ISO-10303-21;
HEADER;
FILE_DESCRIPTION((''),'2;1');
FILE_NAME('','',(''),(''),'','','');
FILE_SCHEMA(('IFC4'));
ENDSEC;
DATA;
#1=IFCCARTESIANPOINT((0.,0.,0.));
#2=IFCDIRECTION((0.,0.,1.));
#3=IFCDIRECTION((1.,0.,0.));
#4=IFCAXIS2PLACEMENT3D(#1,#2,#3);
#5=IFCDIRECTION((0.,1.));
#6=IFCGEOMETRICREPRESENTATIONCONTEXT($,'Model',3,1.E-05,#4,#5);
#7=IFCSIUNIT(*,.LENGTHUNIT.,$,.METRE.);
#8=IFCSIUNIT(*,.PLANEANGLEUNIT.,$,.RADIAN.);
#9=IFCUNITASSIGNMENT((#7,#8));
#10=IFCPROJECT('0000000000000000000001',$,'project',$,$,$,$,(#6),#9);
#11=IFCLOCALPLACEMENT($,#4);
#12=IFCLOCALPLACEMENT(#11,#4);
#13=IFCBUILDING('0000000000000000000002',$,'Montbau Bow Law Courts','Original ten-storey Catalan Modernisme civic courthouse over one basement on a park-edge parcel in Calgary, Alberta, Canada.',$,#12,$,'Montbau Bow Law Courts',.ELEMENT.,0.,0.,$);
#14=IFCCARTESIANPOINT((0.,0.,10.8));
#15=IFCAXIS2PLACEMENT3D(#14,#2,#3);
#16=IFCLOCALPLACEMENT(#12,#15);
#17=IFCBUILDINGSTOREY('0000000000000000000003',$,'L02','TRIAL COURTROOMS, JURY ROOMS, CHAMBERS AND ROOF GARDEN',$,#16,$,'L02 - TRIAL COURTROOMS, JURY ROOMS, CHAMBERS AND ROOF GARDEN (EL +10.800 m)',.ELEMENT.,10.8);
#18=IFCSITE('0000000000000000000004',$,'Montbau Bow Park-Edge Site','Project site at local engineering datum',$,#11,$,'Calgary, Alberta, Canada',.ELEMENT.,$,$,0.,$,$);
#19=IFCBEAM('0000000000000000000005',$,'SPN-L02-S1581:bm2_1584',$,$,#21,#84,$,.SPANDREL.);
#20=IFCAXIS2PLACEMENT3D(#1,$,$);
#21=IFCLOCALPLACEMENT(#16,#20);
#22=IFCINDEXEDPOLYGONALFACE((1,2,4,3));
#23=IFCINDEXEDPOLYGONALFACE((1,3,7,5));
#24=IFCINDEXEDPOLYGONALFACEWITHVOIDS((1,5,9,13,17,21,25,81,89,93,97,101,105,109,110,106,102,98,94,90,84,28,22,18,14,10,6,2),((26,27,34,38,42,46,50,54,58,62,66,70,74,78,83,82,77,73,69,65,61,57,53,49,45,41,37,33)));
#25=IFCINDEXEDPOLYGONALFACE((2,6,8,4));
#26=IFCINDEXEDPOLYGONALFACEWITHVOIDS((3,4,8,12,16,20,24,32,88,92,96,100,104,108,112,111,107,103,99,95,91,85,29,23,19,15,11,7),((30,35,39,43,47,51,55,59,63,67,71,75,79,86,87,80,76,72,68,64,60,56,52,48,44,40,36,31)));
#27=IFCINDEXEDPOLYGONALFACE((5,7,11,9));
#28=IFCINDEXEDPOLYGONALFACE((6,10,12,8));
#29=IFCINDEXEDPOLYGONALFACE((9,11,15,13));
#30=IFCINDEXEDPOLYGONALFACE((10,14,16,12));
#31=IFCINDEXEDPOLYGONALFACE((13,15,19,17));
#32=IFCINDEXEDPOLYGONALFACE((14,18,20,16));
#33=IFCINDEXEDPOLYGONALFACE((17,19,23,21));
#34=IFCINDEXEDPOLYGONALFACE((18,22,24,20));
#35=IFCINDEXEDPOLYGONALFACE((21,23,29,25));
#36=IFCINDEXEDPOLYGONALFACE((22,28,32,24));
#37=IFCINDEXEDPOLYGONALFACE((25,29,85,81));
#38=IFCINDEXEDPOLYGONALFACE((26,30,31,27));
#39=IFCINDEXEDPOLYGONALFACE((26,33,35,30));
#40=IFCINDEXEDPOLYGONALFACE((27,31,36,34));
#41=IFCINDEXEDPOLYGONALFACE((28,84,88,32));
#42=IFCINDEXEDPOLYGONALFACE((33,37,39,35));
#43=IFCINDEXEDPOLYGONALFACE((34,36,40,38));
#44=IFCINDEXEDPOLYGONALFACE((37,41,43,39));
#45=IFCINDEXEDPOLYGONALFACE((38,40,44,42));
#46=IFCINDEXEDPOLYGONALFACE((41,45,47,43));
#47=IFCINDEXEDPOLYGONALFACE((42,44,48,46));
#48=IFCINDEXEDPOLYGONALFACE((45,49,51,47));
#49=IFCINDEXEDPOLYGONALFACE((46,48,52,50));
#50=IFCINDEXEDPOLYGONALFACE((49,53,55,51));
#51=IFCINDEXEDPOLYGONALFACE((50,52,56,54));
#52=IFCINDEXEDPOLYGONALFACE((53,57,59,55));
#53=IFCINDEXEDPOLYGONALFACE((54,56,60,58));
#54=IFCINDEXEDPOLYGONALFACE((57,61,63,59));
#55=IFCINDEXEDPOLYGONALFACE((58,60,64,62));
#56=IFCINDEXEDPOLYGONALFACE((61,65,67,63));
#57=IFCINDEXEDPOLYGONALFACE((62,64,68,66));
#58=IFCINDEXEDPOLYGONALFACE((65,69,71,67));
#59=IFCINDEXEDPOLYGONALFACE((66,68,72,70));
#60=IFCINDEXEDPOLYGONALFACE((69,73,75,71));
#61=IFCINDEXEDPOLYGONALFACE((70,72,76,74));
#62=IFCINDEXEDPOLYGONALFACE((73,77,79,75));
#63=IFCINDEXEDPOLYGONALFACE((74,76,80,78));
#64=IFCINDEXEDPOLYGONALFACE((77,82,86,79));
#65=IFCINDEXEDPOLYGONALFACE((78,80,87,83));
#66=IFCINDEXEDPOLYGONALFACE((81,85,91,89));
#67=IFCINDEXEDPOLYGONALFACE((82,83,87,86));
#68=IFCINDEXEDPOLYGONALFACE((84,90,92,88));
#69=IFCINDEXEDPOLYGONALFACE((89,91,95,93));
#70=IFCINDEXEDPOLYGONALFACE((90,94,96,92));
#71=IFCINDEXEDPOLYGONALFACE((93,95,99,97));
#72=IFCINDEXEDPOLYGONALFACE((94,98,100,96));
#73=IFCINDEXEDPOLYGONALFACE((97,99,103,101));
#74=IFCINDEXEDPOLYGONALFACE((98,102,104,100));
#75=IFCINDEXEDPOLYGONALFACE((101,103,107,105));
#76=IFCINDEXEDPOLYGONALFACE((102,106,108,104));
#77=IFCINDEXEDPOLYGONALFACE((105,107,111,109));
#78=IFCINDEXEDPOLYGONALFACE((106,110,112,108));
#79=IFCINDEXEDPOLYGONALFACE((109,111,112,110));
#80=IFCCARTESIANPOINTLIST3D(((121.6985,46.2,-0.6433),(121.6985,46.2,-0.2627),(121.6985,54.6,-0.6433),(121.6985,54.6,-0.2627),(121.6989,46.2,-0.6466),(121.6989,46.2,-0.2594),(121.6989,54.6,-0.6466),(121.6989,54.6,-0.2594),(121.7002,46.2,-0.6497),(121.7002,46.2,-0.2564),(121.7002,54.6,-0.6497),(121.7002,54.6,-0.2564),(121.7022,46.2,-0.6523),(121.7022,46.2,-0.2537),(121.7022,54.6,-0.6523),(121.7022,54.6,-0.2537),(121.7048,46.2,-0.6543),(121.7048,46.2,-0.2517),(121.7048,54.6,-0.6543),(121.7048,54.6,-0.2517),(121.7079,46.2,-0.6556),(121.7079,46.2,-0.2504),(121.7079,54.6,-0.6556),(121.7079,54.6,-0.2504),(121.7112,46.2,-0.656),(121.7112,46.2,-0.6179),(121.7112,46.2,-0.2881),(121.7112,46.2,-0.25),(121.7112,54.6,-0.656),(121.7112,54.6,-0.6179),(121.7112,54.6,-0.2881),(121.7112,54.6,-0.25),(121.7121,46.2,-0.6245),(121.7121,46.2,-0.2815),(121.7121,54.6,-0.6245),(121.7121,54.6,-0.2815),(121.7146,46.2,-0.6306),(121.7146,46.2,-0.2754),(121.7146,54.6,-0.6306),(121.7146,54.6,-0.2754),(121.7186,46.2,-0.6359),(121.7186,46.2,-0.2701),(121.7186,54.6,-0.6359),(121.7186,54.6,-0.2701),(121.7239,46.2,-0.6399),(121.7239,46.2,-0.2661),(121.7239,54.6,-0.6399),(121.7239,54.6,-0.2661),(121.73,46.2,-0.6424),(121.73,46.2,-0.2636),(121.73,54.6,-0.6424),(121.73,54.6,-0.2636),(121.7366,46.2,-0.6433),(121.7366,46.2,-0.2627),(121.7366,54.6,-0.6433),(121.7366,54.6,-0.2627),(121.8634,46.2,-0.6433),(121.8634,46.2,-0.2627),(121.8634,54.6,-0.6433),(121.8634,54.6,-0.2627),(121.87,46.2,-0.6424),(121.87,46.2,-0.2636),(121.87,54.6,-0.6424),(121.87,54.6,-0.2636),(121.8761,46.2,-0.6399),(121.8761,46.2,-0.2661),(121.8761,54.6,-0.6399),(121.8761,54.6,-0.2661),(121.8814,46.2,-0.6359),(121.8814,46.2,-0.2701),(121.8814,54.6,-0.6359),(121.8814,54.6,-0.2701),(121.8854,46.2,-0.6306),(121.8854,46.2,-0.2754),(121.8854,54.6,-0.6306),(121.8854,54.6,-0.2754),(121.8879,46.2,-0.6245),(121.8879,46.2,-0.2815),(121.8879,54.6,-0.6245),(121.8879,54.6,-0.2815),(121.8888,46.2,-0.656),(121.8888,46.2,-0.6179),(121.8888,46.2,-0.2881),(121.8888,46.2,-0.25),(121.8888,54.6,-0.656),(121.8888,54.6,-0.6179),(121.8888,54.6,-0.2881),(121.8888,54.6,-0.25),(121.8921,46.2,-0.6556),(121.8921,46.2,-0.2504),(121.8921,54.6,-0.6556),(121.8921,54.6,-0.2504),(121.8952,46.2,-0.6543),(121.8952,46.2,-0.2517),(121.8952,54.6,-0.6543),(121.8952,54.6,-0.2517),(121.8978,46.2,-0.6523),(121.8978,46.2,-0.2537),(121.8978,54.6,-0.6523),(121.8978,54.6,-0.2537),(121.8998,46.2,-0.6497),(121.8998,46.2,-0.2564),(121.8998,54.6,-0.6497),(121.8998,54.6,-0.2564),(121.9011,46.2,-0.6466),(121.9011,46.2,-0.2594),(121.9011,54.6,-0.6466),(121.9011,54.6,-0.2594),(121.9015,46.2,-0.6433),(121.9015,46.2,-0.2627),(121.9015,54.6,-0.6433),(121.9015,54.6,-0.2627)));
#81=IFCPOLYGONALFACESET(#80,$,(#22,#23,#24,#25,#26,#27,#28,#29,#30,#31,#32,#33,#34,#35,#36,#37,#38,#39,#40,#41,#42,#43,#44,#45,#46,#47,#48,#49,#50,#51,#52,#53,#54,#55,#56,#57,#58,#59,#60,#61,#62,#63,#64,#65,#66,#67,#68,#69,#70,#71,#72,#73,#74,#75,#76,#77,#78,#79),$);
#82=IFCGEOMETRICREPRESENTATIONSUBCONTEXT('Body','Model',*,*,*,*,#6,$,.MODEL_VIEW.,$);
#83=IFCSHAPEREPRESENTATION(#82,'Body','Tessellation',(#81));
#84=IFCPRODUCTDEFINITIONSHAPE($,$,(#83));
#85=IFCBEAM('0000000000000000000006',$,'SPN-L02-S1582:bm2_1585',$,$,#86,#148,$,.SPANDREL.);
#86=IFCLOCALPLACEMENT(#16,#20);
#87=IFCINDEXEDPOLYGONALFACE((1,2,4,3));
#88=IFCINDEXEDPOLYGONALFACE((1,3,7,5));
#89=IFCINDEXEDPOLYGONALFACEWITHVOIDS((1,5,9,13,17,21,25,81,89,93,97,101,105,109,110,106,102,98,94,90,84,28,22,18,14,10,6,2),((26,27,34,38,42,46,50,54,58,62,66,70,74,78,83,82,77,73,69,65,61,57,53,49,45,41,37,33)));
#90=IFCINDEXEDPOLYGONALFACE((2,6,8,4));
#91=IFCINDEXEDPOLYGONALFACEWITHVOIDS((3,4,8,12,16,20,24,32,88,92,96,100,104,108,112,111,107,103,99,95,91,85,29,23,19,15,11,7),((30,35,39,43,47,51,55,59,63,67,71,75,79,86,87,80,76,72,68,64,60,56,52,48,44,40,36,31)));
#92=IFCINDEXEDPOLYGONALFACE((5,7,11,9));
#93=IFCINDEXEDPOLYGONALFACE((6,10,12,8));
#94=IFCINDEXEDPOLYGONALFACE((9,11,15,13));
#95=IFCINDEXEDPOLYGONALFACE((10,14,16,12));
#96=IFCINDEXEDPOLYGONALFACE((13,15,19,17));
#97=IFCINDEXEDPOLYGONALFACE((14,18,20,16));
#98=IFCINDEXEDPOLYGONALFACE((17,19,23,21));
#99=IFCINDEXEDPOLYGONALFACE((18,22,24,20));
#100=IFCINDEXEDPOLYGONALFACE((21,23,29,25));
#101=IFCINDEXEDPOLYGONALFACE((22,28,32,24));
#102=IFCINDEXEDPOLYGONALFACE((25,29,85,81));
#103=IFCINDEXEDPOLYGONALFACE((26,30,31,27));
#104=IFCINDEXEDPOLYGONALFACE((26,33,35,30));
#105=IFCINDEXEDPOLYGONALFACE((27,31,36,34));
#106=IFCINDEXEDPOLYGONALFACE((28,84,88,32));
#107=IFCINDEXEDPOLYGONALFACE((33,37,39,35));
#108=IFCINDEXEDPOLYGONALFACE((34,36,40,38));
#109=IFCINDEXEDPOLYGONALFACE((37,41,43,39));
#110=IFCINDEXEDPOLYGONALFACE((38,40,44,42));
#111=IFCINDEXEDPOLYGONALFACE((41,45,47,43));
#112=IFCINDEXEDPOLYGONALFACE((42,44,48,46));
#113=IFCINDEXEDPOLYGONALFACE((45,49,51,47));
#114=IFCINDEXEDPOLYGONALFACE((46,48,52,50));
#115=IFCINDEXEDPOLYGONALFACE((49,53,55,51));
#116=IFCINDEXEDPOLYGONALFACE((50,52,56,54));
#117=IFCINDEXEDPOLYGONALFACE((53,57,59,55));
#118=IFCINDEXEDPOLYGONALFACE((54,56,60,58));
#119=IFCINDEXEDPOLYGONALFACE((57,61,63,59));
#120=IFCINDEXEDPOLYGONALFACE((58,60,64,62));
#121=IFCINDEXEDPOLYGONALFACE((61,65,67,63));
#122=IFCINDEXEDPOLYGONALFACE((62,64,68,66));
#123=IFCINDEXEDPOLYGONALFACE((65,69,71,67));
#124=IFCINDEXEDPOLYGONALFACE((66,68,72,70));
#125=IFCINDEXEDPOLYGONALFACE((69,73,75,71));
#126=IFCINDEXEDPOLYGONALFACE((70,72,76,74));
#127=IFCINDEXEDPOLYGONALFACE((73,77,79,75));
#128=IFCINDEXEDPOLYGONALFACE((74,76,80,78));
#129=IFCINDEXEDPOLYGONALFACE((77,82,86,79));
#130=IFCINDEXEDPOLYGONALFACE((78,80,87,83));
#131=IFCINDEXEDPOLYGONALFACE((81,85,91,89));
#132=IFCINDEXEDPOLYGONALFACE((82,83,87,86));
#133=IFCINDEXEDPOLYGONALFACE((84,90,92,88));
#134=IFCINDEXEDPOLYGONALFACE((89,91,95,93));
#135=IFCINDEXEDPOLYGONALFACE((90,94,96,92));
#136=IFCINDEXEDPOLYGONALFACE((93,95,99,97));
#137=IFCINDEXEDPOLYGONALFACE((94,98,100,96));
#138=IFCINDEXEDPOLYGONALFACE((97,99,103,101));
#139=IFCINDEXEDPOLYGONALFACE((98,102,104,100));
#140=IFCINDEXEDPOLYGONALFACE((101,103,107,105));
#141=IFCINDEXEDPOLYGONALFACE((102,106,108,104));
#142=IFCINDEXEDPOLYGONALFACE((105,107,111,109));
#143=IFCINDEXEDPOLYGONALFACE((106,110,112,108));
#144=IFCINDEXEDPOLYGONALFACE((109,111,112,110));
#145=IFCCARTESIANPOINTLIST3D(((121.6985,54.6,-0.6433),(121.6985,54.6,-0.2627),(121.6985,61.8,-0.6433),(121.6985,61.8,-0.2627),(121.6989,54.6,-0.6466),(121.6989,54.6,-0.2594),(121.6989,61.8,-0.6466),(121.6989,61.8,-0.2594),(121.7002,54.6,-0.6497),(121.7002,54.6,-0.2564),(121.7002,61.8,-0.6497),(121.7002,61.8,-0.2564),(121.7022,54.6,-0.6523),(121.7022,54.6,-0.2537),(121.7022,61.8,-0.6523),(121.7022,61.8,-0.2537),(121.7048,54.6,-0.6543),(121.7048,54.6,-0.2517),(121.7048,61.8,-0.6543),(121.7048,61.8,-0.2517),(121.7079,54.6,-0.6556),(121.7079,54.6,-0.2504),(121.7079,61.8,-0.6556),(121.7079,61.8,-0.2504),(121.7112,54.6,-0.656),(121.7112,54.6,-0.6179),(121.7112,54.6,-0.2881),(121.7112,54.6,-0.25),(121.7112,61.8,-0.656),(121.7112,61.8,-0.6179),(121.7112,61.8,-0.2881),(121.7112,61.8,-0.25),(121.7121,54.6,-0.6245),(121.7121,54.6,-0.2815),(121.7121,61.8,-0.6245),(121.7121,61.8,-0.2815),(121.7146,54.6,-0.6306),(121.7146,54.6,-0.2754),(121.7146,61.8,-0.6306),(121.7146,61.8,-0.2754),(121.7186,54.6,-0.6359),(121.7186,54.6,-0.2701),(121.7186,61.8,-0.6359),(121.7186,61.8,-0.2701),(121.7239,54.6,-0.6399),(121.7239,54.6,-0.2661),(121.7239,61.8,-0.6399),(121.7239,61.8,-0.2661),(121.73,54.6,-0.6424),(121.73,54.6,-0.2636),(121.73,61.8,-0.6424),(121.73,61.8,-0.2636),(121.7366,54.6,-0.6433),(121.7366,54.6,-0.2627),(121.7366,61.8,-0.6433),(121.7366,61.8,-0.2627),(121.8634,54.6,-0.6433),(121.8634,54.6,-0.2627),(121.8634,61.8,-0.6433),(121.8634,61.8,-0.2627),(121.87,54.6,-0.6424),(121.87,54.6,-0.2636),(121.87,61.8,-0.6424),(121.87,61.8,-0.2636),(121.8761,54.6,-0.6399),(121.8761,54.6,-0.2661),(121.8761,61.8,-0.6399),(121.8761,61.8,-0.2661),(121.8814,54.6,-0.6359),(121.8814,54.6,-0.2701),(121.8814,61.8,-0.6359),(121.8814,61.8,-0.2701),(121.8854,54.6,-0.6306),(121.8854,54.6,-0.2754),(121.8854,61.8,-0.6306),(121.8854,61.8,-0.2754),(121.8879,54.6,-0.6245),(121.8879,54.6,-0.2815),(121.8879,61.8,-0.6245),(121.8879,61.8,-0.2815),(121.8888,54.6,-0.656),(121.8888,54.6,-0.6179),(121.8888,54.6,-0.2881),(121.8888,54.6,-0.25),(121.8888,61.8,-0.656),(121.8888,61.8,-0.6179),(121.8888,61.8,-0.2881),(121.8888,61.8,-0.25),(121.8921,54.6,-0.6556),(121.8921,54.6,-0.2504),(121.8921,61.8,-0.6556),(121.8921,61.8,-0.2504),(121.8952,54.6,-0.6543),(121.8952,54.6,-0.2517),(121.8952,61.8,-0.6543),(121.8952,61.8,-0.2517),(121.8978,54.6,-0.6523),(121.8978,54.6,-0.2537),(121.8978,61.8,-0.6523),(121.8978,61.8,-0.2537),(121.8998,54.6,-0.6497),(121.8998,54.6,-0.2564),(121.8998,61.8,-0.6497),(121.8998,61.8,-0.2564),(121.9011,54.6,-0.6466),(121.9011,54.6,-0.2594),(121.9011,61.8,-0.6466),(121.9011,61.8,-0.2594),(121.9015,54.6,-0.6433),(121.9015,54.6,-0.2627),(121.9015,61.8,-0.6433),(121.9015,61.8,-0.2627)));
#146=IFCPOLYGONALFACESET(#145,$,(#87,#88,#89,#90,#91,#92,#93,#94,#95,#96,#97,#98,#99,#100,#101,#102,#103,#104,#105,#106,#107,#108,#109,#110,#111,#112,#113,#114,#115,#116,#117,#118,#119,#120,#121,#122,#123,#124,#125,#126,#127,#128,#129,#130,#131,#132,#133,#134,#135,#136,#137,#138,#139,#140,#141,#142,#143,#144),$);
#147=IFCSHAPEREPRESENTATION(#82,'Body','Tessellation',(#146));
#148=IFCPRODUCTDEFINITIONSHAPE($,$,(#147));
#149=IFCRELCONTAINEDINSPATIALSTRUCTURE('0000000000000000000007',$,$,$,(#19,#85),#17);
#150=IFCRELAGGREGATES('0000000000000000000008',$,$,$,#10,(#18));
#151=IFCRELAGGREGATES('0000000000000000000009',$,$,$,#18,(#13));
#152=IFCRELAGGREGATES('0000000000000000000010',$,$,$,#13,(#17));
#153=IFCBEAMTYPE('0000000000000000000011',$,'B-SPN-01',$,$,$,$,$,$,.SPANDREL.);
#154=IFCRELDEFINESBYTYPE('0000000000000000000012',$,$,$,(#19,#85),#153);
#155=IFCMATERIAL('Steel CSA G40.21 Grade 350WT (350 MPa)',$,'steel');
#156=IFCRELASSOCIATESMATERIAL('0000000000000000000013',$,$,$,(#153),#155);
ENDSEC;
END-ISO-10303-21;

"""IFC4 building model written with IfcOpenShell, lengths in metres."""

from ifc_helpers import new_model, si_unit, direction, frame, origin_with_axes, origin_2d_with_axis, place, context, subcontext, project, spatial, hollow_rectangle, extrude, material, material_profile, profile_set, type_object, element, save


model = new_model("IFC4")

# Units and contexts
model_context = context("Model", 3, precision=1e-05, world=origin_with_axes(), true_north=direction((0.0, 1.0)))
body_context = subcontext(model_context, "Body", "Model", "MODEL_VIEW")
ifc_project = project(units=[si_unit("LENGTHUNIT", "METRE"), si_unit("PLANEANGLEUNIT", "RADIAN")], contexts=[model_context])

# Site, building, storey
site_placement = place(None, origin_with_axes())
site = spatial("IfcSite", under=ifc_project, at=site_placement, Name="Montbau Bow Park-Edge Site", Description="Project site at local engineering datum", LongName="Calgary, Alberta, Canada", CompositionType="ELEMENT", RefElevation=0.0)
building_placement = place(site_placement, origin_with_axes())
building = spatial("IfcBuilding", under=site, at=building_placement, Name="Montbau Bow Law Courts", Description="Original ten-storey Catalan Modernisme civic courthouse over one basement on a park-edge parcel in Calgary, Alberta, Canada.", LongName="Montbau Bow Law Courts", CompositionType="ELEMENT", ElevationOfRefHeight=0.0, ElevationOfTerrain=0.0)
storey_placement = place(building_placement, frame((0.0, 0.0, 10.8), z_axis=(0.0, 0.0, 1.0), x_axis=(1.0, 0.0, 0.0)))
storey = spatial("IfcBuildingStorey", under=building, at=storey_placement, Name="L02", Description="TRIAL COURTROOMS, JURY ROOMS, CHAMBERS AND ROOF GARDEN", LongName="L02 - TRIAL COURTROOMS, JURY ROOMS, CHAMBERS AND ROOF GARDEN (EL +10.800 m)", CompositionType="ELEMENT", Elevation=10.8)

# Beams
ifc_material_1 = material(Name="Steel CSA G40.21 Grade 350WT (350 MPa)", Category="steel")
ifc_material_profile_1 = material_profile(ifc_material_1, hollow_rectangle(XDim=0.203, YDim=0.406, WallThickness=0.0127, InnerFilletRadius=0.0254, OuterFilletRadius=0.0127, at=origin_2d_with_axis()), Name="HSS406X203X13", Category="Main", Priority=0)
ifc_profile_set_1 = profile_set([ifc_material_profile_1], Name="Steel CSA G40.21 Grade 350WT (350 MPa)")
beam_type_1 = type_object("IfcBeamType", Name="B-SPN-01", PredefinedType="SPANDREL", material=ifc_profile_set_1)
beam_1_placement = place(None, frame((121.8, 46.2, 10.347), z_axis=(0.0, 1.0, 0.0), x_axis=(-1.0, 0.0, 0.0)))
element("IfcBeam", 1, at=beam_1_placement, inside=storey, type_object=beam_type_1, Name="SPN-L02-S1581:bm2_1584", PredefinedType="SPANDREL", context=body_context, shape_type="SweptSolid", body=[
    extrude(hollow_rectangle(XDim=0.203, YDim=0.406, WallThickness=0.0127, InnerFilletRadius=0.0254, OuterFilletRadius=0.0127, at=origin_2d_with_axis()), origin_with_axes(), (0.0, 0.0, 1.0), 8.4),
])
beam_2_placement = place(None, frame((121.8, 54.6, 10.347), z_axis=(0.0, 1.0, 0.0), x_axis=(-1.0, 0.0, 0.0)))
element("IfcBeam", 2, at=beam_2_placement, inside=storey, type_object=beam_type_1, Name="SPN-L02-S1582:bm2_1585", PredefinedType="SPANDREL", context=body_context, shape_type="SweptSolid", body=[
    extrude(hollow_rectangle(XDim=0.203, YDim=0.406, WallThickness=0.0127, InnerFilletRadius=0.0254, OuterFilletRadius=0.0127, at=origin_2d_with_axis()), origin_with_axes(), (0.0, 0.0, 1.0), 7.2),
])

save(model, "model.ifc")
